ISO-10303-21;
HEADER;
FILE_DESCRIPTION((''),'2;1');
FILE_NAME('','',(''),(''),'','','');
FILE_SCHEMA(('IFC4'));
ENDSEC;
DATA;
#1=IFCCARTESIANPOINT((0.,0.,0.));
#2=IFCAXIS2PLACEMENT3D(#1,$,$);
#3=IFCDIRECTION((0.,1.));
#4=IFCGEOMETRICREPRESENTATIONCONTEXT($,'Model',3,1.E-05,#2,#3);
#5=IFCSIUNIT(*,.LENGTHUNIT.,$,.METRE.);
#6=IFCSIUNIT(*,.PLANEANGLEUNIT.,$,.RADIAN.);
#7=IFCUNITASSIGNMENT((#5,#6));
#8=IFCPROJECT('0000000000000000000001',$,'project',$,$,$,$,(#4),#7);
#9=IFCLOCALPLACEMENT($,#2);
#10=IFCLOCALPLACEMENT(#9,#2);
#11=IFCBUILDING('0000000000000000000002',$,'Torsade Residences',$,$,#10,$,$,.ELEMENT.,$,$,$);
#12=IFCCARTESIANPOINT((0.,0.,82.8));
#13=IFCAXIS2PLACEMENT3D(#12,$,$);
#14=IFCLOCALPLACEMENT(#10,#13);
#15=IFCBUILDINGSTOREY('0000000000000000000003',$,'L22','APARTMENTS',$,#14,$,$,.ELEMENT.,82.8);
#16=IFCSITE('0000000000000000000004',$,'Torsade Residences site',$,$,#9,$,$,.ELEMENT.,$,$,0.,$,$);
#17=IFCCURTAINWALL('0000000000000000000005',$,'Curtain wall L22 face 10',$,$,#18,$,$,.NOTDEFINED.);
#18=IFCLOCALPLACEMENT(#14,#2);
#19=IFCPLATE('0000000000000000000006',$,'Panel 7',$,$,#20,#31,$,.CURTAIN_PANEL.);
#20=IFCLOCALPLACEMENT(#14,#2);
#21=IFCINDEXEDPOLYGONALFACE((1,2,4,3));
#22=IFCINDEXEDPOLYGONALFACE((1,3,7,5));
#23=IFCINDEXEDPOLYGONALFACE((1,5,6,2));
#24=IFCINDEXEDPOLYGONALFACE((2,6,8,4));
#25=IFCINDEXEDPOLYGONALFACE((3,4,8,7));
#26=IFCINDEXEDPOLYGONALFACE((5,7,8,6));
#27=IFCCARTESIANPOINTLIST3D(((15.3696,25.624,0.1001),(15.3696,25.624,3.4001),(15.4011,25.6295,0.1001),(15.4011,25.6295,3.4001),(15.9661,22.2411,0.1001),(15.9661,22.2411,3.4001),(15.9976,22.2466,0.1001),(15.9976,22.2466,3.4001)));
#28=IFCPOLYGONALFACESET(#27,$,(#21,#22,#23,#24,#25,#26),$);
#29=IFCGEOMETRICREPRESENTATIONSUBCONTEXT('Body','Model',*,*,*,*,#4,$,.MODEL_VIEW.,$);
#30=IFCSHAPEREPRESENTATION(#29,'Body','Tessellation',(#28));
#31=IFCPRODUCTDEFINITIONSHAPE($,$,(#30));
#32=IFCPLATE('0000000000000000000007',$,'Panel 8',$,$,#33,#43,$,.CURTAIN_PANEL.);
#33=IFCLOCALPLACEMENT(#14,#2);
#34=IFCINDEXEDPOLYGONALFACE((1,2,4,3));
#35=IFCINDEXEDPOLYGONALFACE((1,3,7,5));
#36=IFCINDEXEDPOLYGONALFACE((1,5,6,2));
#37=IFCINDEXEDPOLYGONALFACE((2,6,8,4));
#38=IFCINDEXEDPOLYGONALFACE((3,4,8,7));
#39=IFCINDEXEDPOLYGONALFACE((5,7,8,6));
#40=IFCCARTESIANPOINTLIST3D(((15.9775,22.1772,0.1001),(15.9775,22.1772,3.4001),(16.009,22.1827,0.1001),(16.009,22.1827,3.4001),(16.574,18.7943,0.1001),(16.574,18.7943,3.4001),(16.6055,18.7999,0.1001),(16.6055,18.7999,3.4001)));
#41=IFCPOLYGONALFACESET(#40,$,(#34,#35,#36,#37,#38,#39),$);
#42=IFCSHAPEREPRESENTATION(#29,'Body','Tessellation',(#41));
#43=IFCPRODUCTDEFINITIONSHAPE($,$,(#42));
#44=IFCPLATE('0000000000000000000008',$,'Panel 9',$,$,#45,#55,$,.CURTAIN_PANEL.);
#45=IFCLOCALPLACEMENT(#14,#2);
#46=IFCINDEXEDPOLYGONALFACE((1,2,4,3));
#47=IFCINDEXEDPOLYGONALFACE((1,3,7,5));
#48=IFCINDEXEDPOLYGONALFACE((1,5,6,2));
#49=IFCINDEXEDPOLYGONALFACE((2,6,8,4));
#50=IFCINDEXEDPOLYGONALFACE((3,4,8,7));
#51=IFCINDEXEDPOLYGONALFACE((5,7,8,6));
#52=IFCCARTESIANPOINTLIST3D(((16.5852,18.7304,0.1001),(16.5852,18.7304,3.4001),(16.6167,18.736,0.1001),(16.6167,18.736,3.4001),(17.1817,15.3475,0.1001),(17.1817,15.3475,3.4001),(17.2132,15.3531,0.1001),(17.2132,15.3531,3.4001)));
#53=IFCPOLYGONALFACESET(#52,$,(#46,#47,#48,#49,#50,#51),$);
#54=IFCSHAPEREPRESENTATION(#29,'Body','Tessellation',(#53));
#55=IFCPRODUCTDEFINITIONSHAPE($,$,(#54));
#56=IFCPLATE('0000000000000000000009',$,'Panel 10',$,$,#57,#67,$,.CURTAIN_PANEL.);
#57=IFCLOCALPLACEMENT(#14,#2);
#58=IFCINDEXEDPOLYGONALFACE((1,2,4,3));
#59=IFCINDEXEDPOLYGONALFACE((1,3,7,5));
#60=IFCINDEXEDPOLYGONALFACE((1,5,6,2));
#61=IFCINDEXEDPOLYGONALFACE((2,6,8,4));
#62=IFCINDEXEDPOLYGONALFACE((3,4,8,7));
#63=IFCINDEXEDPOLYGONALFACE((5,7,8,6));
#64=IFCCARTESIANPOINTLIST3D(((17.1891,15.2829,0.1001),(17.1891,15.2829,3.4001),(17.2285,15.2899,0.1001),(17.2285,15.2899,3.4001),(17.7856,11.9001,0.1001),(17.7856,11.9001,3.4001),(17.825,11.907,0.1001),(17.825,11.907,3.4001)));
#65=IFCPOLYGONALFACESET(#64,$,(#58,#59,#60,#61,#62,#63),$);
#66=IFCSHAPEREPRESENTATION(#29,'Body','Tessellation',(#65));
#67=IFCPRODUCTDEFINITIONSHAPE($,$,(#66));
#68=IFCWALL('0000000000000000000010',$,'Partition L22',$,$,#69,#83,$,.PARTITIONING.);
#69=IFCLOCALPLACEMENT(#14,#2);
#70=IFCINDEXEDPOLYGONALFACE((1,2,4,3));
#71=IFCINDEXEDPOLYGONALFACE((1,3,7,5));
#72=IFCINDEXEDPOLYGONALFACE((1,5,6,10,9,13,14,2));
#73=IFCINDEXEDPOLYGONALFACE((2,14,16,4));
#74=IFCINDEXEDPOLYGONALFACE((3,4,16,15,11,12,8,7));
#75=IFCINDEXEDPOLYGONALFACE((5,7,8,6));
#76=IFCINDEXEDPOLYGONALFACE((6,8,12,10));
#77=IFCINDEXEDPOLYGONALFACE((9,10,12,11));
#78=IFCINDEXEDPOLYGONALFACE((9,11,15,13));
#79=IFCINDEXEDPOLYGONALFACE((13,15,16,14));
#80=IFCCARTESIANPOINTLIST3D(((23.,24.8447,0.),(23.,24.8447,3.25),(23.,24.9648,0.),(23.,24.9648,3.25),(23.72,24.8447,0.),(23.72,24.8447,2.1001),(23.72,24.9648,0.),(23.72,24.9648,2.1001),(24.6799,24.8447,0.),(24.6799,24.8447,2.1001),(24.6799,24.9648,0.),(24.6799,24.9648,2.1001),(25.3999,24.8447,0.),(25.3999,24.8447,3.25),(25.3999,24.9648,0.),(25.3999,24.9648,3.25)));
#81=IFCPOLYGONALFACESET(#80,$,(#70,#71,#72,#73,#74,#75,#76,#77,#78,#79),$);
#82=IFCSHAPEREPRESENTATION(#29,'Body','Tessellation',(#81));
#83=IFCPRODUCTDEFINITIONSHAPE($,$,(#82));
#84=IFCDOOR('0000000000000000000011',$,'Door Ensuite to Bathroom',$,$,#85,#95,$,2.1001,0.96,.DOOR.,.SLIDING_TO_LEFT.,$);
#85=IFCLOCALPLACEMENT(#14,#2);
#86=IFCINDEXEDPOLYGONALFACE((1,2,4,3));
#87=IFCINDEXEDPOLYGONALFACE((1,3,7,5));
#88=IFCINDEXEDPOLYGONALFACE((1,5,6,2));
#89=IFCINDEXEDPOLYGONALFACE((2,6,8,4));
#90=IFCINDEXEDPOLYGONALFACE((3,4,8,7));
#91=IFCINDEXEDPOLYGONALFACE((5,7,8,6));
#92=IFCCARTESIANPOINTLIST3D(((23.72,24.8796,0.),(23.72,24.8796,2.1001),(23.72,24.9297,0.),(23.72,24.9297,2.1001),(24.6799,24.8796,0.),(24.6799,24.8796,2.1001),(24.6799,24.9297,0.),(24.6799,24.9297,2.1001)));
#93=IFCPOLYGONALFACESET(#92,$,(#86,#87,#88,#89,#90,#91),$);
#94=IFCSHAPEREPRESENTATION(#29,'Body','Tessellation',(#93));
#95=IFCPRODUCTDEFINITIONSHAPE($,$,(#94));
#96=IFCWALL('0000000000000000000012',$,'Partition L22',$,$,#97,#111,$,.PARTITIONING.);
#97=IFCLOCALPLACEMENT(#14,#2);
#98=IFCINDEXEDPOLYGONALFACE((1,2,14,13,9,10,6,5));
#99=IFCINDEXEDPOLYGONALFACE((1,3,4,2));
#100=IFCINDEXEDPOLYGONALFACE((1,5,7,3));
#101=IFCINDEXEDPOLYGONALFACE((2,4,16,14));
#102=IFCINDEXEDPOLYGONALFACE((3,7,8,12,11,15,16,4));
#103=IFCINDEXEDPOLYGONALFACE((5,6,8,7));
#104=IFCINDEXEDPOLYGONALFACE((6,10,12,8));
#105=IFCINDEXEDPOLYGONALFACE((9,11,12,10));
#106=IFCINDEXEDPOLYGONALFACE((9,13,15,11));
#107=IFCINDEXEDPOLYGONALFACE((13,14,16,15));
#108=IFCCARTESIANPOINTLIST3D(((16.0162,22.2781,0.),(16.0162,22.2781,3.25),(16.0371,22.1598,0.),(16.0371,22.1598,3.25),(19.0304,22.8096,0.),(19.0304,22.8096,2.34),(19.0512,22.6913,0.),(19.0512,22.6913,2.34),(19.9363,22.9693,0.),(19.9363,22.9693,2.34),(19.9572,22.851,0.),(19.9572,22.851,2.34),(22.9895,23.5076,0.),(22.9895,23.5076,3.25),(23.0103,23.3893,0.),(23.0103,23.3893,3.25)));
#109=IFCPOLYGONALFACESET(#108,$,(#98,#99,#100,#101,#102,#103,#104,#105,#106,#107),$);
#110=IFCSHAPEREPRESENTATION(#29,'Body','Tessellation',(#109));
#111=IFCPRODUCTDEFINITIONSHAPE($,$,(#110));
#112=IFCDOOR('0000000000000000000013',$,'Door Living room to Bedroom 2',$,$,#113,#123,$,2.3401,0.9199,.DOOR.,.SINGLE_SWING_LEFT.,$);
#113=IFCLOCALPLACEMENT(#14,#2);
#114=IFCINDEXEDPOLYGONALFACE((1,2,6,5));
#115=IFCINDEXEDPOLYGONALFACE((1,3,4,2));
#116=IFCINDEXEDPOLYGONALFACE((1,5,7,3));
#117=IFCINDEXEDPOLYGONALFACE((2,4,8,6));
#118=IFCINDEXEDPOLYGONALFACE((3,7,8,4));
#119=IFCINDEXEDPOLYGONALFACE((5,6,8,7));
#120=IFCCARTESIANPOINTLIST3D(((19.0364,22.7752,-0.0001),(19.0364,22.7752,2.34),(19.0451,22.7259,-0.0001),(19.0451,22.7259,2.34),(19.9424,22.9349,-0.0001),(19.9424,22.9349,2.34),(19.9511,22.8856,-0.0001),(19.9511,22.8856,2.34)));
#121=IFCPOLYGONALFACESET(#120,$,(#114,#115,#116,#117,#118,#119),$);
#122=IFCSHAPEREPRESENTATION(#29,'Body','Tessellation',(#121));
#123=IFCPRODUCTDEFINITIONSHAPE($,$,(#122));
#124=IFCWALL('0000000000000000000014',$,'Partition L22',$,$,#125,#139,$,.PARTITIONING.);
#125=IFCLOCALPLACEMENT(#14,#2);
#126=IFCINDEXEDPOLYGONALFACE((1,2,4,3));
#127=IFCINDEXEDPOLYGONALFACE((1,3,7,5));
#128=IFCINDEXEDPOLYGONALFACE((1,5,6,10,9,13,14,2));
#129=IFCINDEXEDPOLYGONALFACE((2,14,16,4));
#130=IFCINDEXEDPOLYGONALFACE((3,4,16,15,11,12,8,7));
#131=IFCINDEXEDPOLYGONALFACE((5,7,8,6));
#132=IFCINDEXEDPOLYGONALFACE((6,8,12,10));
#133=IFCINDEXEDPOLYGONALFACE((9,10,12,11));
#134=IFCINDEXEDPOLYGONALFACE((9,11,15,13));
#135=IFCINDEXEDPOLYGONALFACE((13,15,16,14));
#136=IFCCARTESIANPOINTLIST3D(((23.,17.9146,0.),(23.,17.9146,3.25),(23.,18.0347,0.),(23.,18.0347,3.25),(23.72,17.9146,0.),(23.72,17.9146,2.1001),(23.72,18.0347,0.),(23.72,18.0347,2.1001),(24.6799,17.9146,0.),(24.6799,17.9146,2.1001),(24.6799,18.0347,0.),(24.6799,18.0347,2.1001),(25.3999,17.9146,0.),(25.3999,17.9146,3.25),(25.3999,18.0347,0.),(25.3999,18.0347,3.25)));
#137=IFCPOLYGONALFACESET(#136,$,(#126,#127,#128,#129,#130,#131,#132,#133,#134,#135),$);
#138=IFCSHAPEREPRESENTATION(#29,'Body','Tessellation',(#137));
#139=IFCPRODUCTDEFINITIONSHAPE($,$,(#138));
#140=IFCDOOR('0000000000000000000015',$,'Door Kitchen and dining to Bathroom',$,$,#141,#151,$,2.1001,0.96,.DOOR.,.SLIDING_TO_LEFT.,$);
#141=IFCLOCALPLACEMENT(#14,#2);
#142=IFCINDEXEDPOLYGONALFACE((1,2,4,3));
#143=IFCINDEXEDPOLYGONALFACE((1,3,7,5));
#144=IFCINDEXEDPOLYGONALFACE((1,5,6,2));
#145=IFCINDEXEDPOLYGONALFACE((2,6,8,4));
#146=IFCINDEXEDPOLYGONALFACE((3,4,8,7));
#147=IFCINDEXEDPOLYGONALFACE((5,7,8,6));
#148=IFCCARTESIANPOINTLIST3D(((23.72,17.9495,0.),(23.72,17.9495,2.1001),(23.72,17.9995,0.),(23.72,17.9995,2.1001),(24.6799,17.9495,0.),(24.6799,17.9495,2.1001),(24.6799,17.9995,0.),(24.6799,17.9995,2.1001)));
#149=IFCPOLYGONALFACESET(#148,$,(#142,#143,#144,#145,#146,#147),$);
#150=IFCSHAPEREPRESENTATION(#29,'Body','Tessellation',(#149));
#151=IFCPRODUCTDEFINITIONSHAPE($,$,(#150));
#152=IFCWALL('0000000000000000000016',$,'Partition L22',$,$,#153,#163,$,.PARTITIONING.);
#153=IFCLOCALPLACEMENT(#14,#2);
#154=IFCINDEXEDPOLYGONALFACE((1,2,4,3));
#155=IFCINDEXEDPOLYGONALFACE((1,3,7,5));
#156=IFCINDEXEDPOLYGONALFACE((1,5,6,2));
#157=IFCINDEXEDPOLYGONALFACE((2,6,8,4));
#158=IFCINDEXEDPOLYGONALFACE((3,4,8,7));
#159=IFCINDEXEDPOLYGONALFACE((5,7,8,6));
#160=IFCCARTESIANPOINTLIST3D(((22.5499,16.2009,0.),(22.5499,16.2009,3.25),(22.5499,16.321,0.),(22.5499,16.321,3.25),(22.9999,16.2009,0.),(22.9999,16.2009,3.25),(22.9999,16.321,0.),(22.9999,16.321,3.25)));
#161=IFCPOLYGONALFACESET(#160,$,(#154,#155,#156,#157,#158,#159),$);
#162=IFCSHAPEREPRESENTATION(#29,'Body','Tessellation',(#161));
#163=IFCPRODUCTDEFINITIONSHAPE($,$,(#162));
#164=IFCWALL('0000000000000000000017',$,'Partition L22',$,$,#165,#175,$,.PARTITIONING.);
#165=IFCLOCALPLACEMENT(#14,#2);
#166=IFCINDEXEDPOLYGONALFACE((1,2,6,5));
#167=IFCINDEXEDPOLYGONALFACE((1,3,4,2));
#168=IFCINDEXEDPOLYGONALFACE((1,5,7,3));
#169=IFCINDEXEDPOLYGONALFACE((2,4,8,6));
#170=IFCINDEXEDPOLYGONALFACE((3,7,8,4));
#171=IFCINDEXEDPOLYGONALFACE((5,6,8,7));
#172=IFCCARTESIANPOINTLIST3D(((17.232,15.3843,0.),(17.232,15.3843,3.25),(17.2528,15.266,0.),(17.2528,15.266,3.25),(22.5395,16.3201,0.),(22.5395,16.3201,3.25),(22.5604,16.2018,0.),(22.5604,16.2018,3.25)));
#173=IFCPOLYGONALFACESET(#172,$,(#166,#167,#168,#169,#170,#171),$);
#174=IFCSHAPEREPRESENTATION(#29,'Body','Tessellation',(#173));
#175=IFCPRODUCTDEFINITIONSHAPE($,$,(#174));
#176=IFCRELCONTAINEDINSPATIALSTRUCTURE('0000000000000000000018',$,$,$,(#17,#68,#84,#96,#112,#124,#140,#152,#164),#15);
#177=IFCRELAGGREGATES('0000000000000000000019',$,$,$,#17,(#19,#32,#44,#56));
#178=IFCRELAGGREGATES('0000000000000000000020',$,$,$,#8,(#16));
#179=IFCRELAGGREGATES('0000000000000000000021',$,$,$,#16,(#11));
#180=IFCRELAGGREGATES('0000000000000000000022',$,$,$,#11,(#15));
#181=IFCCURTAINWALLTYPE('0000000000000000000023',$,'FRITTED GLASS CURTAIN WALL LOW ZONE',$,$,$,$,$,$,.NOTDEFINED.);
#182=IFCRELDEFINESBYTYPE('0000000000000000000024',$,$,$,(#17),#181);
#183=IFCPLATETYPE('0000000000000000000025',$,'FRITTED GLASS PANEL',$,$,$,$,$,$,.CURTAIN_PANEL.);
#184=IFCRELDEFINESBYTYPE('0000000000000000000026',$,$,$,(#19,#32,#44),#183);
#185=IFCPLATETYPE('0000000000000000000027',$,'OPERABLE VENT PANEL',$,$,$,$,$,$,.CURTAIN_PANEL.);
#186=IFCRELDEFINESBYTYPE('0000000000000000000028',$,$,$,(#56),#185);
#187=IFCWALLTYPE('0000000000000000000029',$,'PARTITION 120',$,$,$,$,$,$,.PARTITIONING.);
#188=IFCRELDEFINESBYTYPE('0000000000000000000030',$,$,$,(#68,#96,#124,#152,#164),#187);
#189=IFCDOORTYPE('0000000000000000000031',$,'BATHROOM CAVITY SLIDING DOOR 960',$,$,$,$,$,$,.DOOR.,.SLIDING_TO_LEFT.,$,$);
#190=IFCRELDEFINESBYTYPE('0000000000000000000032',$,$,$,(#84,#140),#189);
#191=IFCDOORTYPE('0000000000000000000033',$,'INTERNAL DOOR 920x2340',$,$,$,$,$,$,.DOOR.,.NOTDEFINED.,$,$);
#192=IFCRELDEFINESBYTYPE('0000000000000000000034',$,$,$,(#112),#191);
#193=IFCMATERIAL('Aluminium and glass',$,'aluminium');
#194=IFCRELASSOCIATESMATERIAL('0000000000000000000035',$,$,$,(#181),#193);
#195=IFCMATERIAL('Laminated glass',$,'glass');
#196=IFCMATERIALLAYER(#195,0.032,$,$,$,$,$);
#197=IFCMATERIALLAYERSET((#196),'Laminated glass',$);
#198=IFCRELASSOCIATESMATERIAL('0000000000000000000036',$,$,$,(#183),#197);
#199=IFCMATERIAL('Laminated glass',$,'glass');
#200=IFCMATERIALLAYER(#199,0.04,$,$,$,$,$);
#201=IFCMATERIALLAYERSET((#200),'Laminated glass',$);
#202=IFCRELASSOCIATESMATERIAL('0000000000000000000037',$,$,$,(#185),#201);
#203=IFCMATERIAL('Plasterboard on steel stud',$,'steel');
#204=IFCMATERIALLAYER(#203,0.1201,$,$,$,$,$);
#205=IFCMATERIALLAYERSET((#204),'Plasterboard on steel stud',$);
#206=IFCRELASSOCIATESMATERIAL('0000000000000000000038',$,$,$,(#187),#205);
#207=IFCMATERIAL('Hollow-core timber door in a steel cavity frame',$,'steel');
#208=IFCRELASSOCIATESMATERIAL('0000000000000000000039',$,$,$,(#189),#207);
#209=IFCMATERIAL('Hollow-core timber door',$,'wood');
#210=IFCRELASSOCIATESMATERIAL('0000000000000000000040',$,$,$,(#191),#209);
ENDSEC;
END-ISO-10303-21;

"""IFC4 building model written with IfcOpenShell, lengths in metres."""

from ifc_helpers import new_model, si_unit, direction, frame, frame_2d, origin, origin_2d, place, context, subcontext, project, spatial, rectangle, extrude, material, layer, layer_set, type_object, element, fill, aggregate, save


model = new_model("IFC4")

# Units and contexts
model_context = context("Model", 3, precision=1e-05, world=origin(), true_north=direction((0.0, 1.0)))
body_context = subcontext(model_context, "Body", "Model", "MODEL_VIEW")
ifc_project = project(units=[si_unit("LENGTHUNIT", "METRE"), si_unit("PLANEANGLEUNIT", "RADIAN")], contexts=[model_context])

# Site, building, storey
site_placement = place(None, origin())
site = spatial("IfcSite", under=ifc_project, at=site_placement, Name="Torsade Residences site", CompositionType="ELEMENT", RefElevation=0.0)
building_placement = place(site_placement, origin())
building = spatial("IfcBuilding", under=site, at=building_placement, Name="Torsade Residences", CompositionType="ELEMENT")
storey_placement = place(building_placement, frame((0.0, 0.0, 82.8)))
storey = spatial("IfcBuildingStorey", under=building, at=storey_placement, Name="L22", Description="APARTMENTS", CompositionType="ELEMENT", Elevation=82.8)

# Curtain wall
ifc_material_1 = material(Name="Aluminium and glass", Category="aluminium")
curtain_wall_type = type_object("IfcCurtainWallType", Name="FRITTED GLASS CURTAIN WALL LOW ZONE", PredefinedType="NOTDEFINED", material=ifc_material_1)
curtain_wall_placement = place(storey_placement, origin())
curtain_wall = element("IfcCurtainWall", 1, at=curtain_wall_placement, inside=storey, type_object=curtain_wall_type, Name="Curtain wall L22 face 10", PredefinedType="NOTDEFINED")

# Plates
ifc_material_2 = material(Name="Laminated glass", Category="glass")
ifc_layer_1 = layer(ifc_material_2, 0.032)
ifc_layer_set_1 = layer_set([ifc_layer_1], Name="Laminated glass")
plate_type_1 = type_object("IfcPlateType", Name="FRITTED GLASS PANEL", PredefinedType="CURTAIN_PANEL", material=ifc_layer_set_1)
plate_1_placement = place(storey_placement, frame((15.6836, 23.9353, 0.1001), z_axis=(0.0, 0.0, 1.0), x_axis=(0.173648, -0.984808, 0.0)))
plate_1 = element("IfcPlate", 2, at=plate_1_placement, type_object=plate_type_1, Name="Panel 7", PredefinedType="CURTAIN_PANEL", context=body_context, shape_type="SweptSolid", body=[
    extrude(rectangle(XDim=3.4351, YDim=0.032, at=origin_2d()), origin(), (0.0, 0.0, 1.0), 3.3),
])
plate_2_placement = place(storey_placement, frame((16.2915, 20.4885, 0.1001), z_axis=(0.0, 0.0, 1.0), x_axis=(0.173648, -0.984808, 0.0)))
plate_2 = element("IfcPlate", 3, at=plate_2_placement, type_object=plate_type_1, Name="Panel 8", PredefinedType="CURTAIN_PANEL", context=body_context, shape_type="SweptSolid", body=[
    extrude(rectangle(XDim=3.4351, YDim=0.032, at=origin_2d()), origin(), (0.0, 0.0, 1.0), 3.3),
])
plate_3_placement = place(storey_placement, frame((16.8992, 17.0417, 0.1001), z_axis=(0.0, 0.0, 1.0), x_axis=(0.173648, -0.984808, 0.0)))
plate_3 = element("IfcPlate", 4, at=plate_3_placement, type_object=plate_type_1, Name="Panel 9", PredefinedType="CURTAIN_PANEL", context=body_context, shape_type="SweptSolid", body=[
    extrude(rectangle(XDim=3.4351, YDim=0.032, at=origin_2d()), origin(), (0.0, 0.0, 1.0), 3.3),
])
ifc_material_3 = material(Name="Laminated glass", Category="glass")
ifc_layer_2 = layer(ifc_material_3, 0.04)
ifc_layer_set_2 = layer_set([ifc_layer_2], Name="Laminated glass")
plate_type_2 = type_object("IfcPlateType", Name="OPERABLE VENT PANEL", PredefinedType="CURTAIN_PANEL", material=ifc_layer_set_2)
plate_4_placement = place(storey_placement, frame((17.5071, 13.595, 0.1001), z_axis=(0.0, 0.0, 1.0), x_axis=(0.173648, -0.984808, 0.0)))
plate_4 = element("IfcPlate", 5, at=plate_4_placement, type_object=plate_type_2, Name="Panel 10", PredefinedType="CURTAIN_PANEL", context=body_context, shape_type="SweptSolid", body=[
    extrude(rectangle(XDim=3.4351, YDim=0.04, at=origin_2d()), origin(), (0.0, 0.0, 1.0), 3.3),
])
aggregate(curtain_wall, [plate_1, plate_2, plate_3, plate_4])

# Walls, openings, doors
ifc_material_4 = material(Name="Plasterboard on steel stud", Category="steel")
ifc_layer_3 = layer(ifc_material_4, 0.1201)
ifc_layer_set_3 = layer_set([ifc_layer_3], Name="Plasterboard on steel stud")
wall_type_1 = type_object("IfcWallType", Name="PARTITION 120", PredefinedType="PARTITIONING", material=ifc_layer_set_3)
wall_1_placement = place(storey_placement, frame((23.0, 24.9048, 0.0), z_axis=(0.0, 0.0, 1.0), x_axis=(1.0, 0.0, 0.0)))
wall_1 = element("IfcWall", 6, at=wall_1_placement, inside=storey, type_object=wall_type_1, Name="Partition L22", PredefinedType="PARTITIONING", context=body_context, shape_type="SweptSolid", body=[
    extrude(rectangle(XDim=2.3999, YDim=0.1201, at=frame_2d((1.2, 0.0))), origin(), (0.0, 0.0, 1.0), 3.25),
])
opening_1_placement = place(wall_1_placement, frame((0.72, 0.0, 0.0)))
opening_1 = element("IfcOpeningElement", 7, at=opening_1_placement, cuts=wall_1, PredefinedType="OPENING", context=body_context, shape_type="SweptSolid", body=[
    extrude(rectangle(XDim=0.96, YDim=2.1001, at=frame_2d((0.48, 1.05))), frame((0.0, 0.0701, 0.0), z_axis=(0.0, -1.0, 0.0), x_axis=(1.0, 0.0, 0.0)), (0.0, 0.0, 1.0), 0.1401),
])
ifc_material_5 = material(Name="Hollow-core timber door in a steel cavity frame", Category="steel")
door_type_1 = type_object("IfcDoorType", Name="BATHROOM CAVITY SLIDING DOOR 960", OperationType="SLIDING_TO_LEFT", PredefinedType="DOOR", material=ifc_material_5)
door_1_placement = place(opening_1_placement, origin())
door_1 = element("IfcDoor", 8, at=door_1_placement, inside=storey, type_object=door_type_1, Name="Door Ensuite to Bathroom", OperationType="SLIDING_TO_LEFT", OverallHeight=2.1001, OverallWidth=0.96, PredefinedType="DOOR", context=body_context, shape_type="SweptSolid", body=[
    extrude(rectangle(XDim=0.96, YDim=2.1001, at=frame_2d((0.48, 1.05))), frame((0.0, 0.0249, 0.0), z_axis=(0.0, -1.0, 0.0), x_axis=(1.0, 0.0, 0.0)), (0.0, 0.0, 1.0), 0.05),
])
fill(opening_1, door_1)
wall_2_placement = place(storey_placement, frame((23.0, 23.4485, 0.0), z_axis=(0.0, 0.0, 1.0), x_axis=(-0.984809, -0.17364, 0.0)))
wall_2 = element("IfcWall", 9, at=wall_2_placement, inside=storey, type_object=wall_type_1, Name="Partition L22", PredefinedType="PARTITIONING", context=body_context, shape_type="SweptSolid", body=[
    extrude(rectangle(XDim=7.0808, YDim=0.1201, at=frame_2d((3.5405, 0.0))), origin(), (0.0, 0.0, 1.0), 3.25),
])
opening_2_placement = place(wall_2_placement, frame((3.1003, 0.0, 0.0)))
opening_2 = element("IfcOpeningElement", 10, at=opening_2_placement, cuts=wall_2, PredefinedType="OPENING", context=body_context, shape_type="SweptSolid", body=[
    extrude(rectangle(XDim=0.9199, YDim=2.3401, at=frame_2d((0.46, 1.1699))), frame((0.0, 0.0701, 0.0), z_axis=(0.0, -1.0, 0.0), x_axis=(1.0, 0.0, 0.0)), (0.0, 0.0, 1.0), 0.1401),
])
ifc_material_6 = material(Name="Hollow-core timber door", Category="wood")
door_type_2 = type_object("IfcDoorType", Name="INTERNAL DOOR 920x2340", OperationType="NOTDEFINED", PredefinedType="DOOR", material=ifc_material_6)
door_2_placement = place(opening_2_placement, origin())
door_2 = element("IfcDoor", 11, at=door_2_placement, inside=storey, type_object=door_type_2, Name="Door Living room to Bedroom 2", OperationType="SINGLE_SWING_LEFT", OverallHeight=2.3401, OverallWidth=0.9199, PredefinedType="DOOR", context=body_context, shape_type="SweptSolid", body=[
    extrude(rectangle(XDim=0.9199, YDim=2.3401, at=frame_2d((0.46, 1.1699))), frame((0.0, 0.0249, 0.0), z_axis=(0.0, -1.0, 0.0), x_axis=(1.0, 0.0, 0.0)), (0.0, 0.0, 1.0), 0.05),
])
fill(opening_2, door_2)
wall_3_placement = place(storey_placement, frame((23.0, 17.9746, 0.0), z_axis=(0.0, 0.0, 1.0), x_axis=(1.0, 0.0, 0.0)))
wall_3 = element("IfcWall", 12, at=wall_3_placement, inside=storey, type_object=wall_type_1, Name="Partition L22", PredefinedType="PARTITIONING", context=body_context, shape_type="SweptSolid", body=[
    extrude(rectangle(XDim=2.3999, YDim=0.1201, at=frame_2d((1.2, 0.0))), origin(), (0.0, 0.0, 1.0), 3.25),
])
opening_3_placement = place(wall_3_placement, frame((0.72, 0.0, 0.0)))
opening_3 = element("IfcOpeningElement", 13, at=opening_3_placement, cuts=wall_3, PredefinedType="OPENING", context=body_context, shape_type="SweptSolid", body=[
    extrude(rectangle(XDim=0.96, YDim=2.1001, at=frame_2d((0.48, 1.05))), frame((0.0, 0.0701, 0.0), z_axis=(0.0, -1.0, 0.0), x_axis=(1.0, 0.0, 0.0)), (0.0, 0.0, 1.0), 0.1401),
])
door_3_placement = place(opening_3_placement, origin())
door_3 = element("IfcDoor", 14, at=door_3_placement, inside=storey, type_object=door_type_1, Name="Door Kitchen and dining to Bathroom", OperationType="SLIDING_TO_LEFT", OverallHeight=2.1001, OverallWidth=0.96, PredefinedType="DOOR", context=body_context, shape_type="SweptSolid", body=[
    extrude(rectangle(XDim=0.96, YDim=2.1001, at=frame_2d((0.48, 1.05))), frame((0.0, 0.0249, 0.0), z_axis=(0.0, -1.0, 0.0), x_axis=(1.0, 0.0, 0.0)), (0.0, 0.0, 1.0), 0.05),
])
fill(opening_3, door_3)

# Walls
wall_4_placement = place(storey_placement, frame((23.0, 16.261, 0.0), z_axis=(0.0, 0.0, 1.0), x_axis=(-1.0, 0.0, 0.0)))
element("IfcWall", 15, at=wall_4_placement, inside=storey, type_object=wall_type_1, Name="Partition L22", PredefinedType="PARTITIONING", context=body_context, shape_type="SweptSolid", body=[
    extrude(rectangle(XDim=0.45, YDim=0.1201, at=frame_2d((0.2251, 0.0))), origin(), (0.0, 0.0, 1.0), 3.25),
])
wall_5_placement = place(storey_placement, frame((22.55, 16.261, 0.0), z_axis=(0.0, 0.0, 1.0), x_axis=(-0.98481, -0.173633, 0.0)))
element("IfcWall", 16, at=wall_5_placement, inside=storey, type_object=wall_type_1, Name="Partition L22", PredefinedType="PARTITIONING", context=body_context, shape_type="SweptSolid", body=[
    extrude(rectangle(XDim=5.3894, YDim=0.1201, at=frame_2d((2.6948, 0.0))), origin(), (0.0, 0.0, 1.0), 3.25),
])

save(model, "model.ifc")
